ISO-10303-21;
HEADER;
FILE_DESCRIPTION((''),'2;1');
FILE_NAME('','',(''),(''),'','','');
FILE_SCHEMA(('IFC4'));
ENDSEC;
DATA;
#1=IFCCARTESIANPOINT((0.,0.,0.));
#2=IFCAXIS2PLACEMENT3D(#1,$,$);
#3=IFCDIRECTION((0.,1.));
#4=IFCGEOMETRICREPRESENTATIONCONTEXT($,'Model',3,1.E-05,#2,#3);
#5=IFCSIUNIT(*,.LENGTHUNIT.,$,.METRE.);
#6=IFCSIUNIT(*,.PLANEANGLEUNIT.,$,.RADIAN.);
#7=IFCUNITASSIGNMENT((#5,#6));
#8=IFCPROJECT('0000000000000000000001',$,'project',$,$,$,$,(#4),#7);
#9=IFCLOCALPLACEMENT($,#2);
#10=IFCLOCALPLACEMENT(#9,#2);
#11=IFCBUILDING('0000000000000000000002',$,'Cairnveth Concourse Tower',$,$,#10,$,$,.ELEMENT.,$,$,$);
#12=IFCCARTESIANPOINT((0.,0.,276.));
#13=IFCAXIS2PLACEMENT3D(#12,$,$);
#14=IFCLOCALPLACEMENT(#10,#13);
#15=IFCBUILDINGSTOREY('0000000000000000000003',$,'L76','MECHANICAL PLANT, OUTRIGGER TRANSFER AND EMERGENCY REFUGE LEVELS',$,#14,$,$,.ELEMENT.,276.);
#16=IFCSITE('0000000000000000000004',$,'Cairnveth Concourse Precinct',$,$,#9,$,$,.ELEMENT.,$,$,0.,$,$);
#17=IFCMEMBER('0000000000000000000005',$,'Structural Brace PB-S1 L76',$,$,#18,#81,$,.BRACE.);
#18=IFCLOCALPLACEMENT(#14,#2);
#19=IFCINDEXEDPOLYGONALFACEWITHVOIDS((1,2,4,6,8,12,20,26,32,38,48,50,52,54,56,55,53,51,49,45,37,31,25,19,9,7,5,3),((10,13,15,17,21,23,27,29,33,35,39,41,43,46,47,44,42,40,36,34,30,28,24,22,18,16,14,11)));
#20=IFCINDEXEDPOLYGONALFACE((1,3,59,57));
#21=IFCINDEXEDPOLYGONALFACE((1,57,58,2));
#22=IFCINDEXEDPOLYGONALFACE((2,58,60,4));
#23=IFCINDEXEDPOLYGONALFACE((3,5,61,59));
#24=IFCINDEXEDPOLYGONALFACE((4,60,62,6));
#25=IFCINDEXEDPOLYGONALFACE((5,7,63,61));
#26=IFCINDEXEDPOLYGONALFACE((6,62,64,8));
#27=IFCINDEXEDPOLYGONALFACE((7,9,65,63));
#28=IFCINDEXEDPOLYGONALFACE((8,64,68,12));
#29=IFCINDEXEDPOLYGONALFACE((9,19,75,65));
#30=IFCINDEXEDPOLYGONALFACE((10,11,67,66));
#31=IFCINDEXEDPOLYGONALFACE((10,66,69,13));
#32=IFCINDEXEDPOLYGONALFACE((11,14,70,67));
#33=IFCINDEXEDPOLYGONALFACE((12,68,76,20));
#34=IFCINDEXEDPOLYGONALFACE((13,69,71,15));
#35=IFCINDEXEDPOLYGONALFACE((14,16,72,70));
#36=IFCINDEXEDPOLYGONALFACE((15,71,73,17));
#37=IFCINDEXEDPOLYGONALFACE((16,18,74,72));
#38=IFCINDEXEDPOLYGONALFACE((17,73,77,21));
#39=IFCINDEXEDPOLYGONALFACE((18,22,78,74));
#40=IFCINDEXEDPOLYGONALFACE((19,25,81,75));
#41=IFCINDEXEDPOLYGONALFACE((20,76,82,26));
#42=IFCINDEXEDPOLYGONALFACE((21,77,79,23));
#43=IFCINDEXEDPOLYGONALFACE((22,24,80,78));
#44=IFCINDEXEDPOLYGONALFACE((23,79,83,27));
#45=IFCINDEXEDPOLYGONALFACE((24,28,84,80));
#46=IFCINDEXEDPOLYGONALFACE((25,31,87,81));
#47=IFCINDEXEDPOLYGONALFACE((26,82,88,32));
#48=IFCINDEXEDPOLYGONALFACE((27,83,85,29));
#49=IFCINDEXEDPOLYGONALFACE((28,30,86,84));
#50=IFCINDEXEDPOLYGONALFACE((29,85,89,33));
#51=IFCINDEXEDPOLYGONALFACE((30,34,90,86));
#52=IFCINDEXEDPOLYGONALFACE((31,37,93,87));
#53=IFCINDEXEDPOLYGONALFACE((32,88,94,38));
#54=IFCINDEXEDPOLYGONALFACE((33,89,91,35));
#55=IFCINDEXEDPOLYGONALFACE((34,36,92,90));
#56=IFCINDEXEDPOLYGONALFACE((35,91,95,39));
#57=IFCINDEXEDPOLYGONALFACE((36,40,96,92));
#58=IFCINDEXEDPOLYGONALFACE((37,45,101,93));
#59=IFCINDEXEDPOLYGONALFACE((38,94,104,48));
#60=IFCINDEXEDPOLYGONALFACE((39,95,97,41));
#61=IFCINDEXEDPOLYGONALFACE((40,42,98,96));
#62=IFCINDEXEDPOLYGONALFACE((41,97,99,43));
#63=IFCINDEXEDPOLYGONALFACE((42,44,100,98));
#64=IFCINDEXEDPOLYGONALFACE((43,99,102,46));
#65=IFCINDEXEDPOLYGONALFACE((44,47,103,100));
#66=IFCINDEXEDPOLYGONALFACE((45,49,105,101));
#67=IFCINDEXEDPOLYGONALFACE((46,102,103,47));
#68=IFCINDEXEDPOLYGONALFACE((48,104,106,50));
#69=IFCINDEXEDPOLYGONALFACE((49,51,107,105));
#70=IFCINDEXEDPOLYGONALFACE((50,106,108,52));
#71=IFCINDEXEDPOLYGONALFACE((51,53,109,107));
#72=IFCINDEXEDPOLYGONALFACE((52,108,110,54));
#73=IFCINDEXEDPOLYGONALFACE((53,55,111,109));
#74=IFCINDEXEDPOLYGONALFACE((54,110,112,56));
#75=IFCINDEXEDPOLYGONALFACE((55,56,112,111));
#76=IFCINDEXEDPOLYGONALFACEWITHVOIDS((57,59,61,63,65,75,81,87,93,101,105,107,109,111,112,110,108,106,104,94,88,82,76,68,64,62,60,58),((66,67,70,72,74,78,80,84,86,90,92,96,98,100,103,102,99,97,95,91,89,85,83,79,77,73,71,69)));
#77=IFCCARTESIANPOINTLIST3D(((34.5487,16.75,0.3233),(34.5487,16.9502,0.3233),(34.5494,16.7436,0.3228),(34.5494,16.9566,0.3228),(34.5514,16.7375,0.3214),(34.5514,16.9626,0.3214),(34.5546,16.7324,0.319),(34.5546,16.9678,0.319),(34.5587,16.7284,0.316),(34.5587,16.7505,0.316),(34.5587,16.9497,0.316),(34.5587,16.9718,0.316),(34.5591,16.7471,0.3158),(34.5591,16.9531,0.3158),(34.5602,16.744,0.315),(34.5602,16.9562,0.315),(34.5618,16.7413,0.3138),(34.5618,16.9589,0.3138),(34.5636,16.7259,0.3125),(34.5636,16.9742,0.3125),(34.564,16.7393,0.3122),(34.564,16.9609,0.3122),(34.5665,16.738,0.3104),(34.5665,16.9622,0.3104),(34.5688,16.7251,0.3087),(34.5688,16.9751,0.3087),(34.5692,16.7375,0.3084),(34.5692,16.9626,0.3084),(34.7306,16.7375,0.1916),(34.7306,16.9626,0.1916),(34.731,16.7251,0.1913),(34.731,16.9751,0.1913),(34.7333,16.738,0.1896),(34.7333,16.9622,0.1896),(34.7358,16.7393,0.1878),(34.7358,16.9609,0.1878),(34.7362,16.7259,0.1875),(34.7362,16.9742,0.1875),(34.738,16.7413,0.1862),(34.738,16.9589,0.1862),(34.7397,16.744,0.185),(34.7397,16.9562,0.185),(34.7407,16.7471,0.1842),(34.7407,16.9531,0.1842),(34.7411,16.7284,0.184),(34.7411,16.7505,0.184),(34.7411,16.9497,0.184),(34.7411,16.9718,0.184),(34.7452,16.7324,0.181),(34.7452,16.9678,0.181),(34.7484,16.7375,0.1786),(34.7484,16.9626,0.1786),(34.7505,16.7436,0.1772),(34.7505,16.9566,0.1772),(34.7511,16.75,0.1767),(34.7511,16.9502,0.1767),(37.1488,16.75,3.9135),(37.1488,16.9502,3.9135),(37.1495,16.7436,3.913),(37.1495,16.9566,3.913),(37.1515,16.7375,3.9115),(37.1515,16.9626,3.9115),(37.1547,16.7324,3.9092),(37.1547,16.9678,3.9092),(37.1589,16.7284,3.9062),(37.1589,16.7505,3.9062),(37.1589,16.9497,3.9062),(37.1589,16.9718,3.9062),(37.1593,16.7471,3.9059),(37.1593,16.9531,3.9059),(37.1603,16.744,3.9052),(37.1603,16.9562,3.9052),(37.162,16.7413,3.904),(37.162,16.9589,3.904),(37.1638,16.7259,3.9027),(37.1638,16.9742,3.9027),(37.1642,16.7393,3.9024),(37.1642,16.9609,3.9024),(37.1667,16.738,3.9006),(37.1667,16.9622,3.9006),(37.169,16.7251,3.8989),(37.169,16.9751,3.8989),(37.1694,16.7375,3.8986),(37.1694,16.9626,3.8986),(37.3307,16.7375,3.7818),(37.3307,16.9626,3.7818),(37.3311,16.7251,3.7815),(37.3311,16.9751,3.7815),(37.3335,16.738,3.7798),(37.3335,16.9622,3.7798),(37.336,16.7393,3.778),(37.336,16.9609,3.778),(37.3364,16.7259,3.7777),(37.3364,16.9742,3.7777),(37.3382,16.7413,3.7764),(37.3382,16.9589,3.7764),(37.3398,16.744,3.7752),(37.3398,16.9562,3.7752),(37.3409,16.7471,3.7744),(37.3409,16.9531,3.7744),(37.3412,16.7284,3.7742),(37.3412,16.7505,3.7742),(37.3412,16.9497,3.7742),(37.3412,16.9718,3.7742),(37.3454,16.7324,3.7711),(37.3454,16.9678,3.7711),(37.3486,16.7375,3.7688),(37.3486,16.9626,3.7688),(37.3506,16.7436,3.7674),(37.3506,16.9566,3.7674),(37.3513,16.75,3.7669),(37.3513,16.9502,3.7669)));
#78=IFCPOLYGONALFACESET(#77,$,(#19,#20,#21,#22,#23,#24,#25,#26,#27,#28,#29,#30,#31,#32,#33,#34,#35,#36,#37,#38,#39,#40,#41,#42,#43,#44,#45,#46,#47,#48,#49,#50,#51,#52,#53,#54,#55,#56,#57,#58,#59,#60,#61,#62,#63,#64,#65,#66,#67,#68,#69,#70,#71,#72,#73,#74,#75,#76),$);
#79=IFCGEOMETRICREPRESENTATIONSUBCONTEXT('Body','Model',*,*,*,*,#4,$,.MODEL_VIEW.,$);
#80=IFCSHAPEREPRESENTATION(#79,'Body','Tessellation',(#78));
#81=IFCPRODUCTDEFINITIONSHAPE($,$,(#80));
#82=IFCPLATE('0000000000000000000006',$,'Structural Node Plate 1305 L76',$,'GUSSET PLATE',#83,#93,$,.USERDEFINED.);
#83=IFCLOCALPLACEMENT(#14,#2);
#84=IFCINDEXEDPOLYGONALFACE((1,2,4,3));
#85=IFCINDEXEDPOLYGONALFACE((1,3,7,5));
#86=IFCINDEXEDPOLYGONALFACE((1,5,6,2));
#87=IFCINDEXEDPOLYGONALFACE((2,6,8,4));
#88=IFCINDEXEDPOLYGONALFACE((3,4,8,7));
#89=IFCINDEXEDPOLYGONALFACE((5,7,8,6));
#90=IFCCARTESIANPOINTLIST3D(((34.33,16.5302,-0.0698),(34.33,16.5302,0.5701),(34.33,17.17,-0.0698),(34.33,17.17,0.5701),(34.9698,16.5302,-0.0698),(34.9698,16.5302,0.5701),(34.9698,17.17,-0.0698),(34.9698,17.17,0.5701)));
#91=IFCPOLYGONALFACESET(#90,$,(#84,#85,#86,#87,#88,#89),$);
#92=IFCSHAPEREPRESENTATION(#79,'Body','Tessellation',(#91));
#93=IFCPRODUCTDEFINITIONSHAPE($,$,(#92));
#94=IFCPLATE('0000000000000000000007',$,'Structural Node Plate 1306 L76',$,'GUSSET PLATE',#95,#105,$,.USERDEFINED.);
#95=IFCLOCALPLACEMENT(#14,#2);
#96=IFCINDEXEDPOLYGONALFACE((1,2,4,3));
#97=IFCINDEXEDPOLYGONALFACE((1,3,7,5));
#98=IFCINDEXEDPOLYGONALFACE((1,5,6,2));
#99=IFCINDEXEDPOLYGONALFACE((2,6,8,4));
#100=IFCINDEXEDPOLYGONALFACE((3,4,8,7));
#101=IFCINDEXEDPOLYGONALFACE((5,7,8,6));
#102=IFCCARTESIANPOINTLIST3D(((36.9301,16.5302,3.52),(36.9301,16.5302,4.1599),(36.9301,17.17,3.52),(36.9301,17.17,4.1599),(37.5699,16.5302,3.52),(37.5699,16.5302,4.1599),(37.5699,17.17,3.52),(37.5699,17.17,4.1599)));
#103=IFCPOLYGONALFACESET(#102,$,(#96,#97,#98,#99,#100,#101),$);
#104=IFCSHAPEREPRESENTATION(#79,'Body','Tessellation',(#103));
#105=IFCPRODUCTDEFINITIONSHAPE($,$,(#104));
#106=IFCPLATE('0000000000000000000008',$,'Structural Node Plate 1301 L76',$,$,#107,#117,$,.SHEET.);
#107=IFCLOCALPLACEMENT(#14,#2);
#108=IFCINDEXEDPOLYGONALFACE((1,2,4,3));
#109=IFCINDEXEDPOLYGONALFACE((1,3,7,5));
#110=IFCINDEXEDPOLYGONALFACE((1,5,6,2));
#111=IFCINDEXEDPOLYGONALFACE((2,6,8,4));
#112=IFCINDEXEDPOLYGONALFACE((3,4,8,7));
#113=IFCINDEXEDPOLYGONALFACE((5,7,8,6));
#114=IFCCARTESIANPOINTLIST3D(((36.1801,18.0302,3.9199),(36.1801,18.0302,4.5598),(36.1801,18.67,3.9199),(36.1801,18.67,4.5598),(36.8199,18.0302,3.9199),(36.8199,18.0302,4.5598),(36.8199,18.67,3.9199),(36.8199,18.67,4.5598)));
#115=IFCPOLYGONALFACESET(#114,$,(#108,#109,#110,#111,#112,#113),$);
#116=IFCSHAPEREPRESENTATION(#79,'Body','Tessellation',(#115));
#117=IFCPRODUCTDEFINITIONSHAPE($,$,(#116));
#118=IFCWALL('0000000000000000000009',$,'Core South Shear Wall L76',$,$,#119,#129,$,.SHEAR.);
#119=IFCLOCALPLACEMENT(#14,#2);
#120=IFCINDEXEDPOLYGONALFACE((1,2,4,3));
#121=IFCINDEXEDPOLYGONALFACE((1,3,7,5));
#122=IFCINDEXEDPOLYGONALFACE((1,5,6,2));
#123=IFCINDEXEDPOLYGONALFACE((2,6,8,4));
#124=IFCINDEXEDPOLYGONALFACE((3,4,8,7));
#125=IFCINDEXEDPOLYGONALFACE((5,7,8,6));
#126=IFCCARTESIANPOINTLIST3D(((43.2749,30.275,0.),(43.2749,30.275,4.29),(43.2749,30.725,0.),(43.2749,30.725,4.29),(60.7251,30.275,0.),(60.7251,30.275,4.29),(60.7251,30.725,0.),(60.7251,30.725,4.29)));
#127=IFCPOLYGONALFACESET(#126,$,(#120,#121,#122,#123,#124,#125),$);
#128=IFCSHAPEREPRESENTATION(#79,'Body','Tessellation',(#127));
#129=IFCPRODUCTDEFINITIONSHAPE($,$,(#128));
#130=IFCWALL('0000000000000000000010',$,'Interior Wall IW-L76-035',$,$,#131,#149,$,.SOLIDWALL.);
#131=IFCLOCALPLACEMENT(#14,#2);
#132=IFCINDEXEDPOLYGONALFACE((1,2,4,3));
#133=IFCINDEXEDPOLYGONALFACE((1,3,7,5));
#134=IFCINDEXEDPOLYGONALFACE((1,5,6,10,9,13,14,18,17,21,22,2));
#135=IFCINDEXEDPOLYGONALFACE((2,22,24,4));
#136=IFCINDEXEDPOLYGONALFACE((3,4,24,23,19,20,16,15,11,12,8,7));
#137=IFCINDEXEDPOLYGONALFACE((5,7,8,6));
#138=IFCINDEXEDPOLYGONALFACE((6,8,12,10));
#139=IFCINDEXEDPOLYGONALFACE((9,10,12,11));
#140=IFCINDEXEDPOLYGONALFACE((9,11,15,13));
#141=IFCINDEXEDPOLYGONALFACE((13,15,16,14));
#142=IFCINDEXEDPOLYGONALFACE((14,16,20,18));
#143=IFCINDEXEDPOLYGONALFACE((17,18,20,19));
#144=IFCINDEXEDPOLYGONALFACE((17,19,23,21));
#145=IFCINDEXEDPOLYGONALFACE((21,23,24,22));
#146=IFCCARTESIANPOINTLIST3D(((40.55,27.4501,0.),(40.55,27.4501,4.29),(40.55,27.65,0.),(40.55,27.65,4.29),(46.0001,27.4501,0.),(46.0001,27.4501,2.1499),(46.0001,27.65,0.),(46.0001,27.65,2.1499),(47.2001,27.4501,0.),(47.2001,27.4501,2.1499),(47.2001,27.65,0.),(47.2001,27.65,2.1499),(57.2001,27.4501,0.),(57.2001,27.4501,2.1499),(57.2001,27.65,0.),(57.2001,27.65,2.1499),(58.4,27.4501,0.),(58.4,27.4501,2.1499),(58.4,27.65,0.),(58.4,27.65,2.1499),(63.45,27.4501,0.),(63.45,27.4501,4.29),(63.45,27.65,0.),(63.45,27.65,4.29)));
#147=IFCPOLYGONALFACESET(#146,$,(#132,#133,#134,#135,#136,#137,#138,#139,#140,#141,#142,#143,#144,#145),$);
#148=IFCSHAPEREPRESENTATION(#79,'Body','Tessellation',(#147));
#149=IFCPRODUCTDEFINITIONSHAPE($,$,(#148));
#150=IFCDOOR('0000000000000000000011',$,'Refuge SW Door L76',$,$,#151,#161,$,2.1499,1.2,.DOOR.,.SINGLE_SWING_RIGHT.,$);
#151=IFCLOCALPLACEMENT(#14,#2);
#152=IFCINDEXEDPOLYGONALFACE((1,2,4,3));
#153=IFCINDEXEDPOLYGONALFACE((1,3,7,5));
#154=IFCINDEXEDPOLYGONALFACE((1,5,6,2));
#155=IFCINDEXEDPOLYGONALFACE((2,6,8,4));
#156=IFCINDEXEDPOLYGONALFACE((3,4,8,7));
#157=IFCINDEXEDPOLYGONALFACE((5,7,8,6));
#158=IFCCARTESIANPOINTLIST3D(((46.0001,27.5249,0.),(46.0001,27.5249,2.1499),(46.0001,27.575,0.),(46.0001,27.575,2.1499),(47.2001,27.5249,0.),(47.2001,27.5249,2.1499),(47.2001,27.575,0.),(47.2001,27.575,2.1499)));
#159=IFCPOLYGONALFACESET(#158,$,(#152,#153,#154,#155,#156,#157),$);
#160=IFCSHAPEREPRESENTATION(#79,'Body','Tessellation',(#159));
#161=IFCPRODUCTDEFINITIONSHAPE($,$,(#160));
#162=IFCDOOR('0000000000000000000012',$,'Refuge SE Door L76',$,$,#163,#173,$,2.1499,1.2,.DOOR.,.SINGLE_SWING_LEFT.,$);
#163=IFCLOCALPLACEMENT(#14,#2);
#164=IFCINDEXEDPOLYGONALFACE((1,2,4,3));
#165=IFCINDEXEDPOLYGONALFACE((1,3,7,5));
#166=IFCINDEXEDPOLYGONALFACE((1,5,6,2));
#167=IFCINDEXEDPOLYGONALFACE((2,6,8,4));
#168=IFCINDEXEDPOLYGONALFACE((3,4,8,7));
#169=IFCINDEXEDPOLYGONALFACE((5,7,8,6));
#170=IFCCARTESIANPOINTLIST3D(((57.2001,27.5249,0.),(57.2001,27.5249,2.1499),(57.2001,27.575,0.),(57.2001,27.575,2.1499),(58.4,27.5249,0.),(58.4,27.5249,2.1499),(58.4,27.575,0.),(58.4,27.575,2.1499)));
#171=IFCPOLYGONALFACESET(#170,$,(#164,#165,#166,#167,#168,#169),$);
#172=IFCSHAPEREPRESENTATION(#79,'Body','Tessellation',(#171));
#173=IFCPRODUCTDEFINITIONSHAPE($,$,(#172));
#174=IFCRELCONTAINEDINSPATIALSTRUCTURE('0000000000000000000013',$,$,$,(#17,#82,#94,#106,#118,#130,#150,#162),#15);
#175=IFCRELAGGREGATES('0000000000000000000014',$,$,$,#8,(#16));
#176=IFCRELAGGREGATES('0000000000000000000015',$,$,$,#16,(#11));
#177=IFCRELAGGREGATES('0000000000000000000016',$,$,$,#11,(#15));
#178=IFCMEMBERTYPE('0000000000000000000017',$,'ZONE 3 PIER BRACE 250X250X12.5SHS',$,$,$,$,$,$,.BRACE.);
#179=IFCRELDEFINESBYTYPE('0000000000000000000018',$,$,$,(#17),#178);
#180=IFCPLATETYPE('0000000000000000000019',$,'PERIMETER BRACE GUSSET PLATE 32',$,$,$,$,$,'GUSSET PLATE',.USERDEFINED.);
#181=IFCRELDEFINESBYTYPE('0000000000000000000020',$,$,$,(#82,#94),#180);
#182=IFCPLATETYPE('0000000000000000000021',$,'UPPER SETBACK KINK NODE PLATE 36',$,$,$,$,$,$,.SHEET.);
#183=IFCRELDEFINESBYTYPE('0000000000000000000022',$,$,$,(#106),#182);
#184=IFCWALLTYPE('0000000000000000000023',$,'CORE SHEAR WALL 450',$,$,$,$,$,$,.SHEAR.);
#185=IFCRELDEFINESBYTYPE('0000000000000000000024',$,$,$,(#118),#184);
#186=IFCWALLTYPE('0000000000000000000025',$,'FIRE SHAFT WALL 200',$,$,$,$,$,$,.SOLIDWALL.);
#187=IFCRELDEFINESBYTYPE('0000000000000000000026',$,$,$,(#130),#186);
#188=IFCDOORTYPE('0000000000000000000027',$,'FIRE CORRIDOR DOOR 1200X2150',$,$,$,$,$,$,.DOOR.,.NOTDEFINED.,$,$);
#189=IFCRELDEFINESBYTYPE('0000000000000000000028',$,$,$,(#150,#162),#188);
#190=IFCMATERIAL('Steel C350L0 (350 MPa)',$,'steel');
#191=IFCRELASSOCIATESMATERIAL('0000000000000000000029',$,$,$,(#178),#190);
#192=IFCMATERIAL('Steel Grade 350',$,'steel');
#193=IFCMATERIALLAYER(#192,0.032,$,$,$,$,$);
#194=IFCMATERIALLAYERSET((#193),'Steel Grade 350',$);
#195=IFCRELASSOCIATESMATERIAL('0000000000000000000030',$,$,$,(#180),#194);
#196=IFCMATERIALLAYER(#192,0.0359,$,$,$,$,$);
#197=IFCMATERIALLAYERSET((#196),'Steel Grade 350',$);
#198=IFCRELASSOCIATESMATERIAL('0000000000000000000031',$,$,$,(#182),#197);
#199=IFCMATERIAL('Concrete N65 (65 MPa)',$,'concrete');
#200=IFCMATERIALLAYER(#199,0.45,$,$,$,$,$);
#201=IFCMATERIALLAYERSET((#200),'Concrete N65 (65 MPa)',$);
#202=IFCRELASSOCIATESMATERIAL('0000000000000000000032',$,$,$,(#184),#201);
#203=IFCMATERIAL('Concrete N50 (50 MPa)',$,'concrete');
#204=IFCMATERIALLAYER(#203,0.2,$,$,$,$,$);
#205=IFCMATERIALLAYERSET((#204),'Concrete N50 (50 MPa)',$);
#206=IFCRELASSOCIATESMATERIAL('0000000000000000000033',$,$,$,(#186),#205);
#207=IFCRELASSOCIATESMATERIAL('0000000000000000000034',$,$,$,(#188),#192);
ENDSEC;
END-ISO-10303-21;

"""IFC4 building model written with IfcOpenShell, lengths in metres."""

from ifc_helpers import new_model, si_unit, direction, frame, frame_2d, origin, origin_2d, place, context, subcontext, project, spatial, rectangle, hollow_rectangle, extrude, material, layer, layer_set, material_profile, profile_set, type_object, element, fill, save


model = new_model("IFC4")

# Units and contexts
model_context = context("Model", 3, precision=1e-05, world=origin(), true_north=direction((0.0, 1.0)))
body_context = subcontext(model_context, "Body", "Model", "MODEL_VIEW")
ifc_project = project(units=[si_unit("LENGTHUNIT", "METRE"), si_unit("PLANEANGLEUNIT", "RADIAN")], contexts=[model_context])

# Site, building, storey
site_placement = place(None, origin())
site = spatial("IfcSite", under=ifc_project, at=site_placement, Name="Cairnveth Concourse Precinct", CompositionType="ELEMENT", RefElevation=0.0)
building_placement = place(site_placement, origin())
building = spatial("IfcBuilding", under=site, at=building_placement, Name="Cairnveth Concourse Tower", CompositionType="ELEMENT")
storey_placement = place(building_placement, frame((0.0, 0.0, 276.0)))
storey = spatial("IfcBuildingStorey", under=building, at=storey_placement, Name="L76", Description="MECHANICAL PLANT, OUTRIGGER TRANSFER AND EMERGENCY REFUGE LEVELS", CompositionType="ELEMENT", Elevation=276.0)

# Shared definitions
ifc_material_1 = material(Name="Concrete N65 (65 MPa)", Category="concrete")
ifc_material_2 = material(Name="Steel Grade 350", Category="steel")

# Member
ifc_material_3 = material(Name="Steel C350L0 (350 MPa)", Category="steel")
ifc_material_profile_1 = material_profile(ifc_material_3, hollow_rectangle(XDim=0.25, YDim=0.25, WallThickness=0.0125, InnerFilletRadius=0.0129, OuterFilletRadius=0.0249, at=origin_2d()), Name="250x250x12.5SHS")
ifc_profile_set_1 = profile_set([ifc_material_profile_1], Name="Steel C350L0 (350 MPa)")
member_type = type_object("IfcMemberType", Name="ZONE 3 PIER BRACE 250X250X12.5SHS", PredefinedType="BRACE", material=ifc_profile_set_1)
member_placement = place(storey_placement, frame((34.6499, 16.8501, 0.25), z_axis=(0.586566, 0.0, 0.809902), x_axis=(0.0, 1.0, 0.0)))
element("IfcMember", 1, at=member_placement, inside=storey, type_object=member_type, Name="Structural Brace PB-S1 L76", PredefinedType="BRACE", context=body_context, shape_type="SweptSolid", body=[
    extrude(hollow_rectangle(XDim=0.25, YDim=0.25, WallThickness=0.0125, InnerFilletRadius=0.0129, OuterFilletRadius=0.0249, at=origin_2d()), origin(), (0.0, 0.0, 1.0), 4.4329),
])

# Plates
ifc_layer_1 = layer(ifc_material_2, 0.032)
ifc_layer_set_1 = layer_set([ifc_layer_1], Name="Steel Grade 350")
plate_type_1 = type_object("IfcPlateType", Name="PERIMETER BRACE GUSSET PLATE 32", ElementType="GUSSET PLATE", PredefinedType="USERDEFINED", material=ifc_layer_set_1)
for number, where, z_axis, x_axis, name in (
    (2, (34.6499, 16.8501, -0.0698), (0.0, 0.0, 1.0), (1.0, 0.0, 0.0), "Structural Node Plate 1305 L76"),
    (3, (37.25, 16.8501, 3.52), (0.0, 0.0, 1.0), (1.0, 0.0, 0.0), "Structural Node Plate 1306 L76"),
):
    element("IfcPlate", number, at=place(storey_placement, frame(where, z_axis=z_axis, x_axis=x_axis)), inside=storey, type_object=plate_type_1, Name=name, ObjectType="GUSSET PLATE", PredefinedType="USERDEFINED", context=body_context, shape_type="SweptSolid", body=[
        extrude(rectangle(XDim=0.6399, YDim=0.6399, at=origin_2d()), origin(), (0.0, 0.0, 1.0), 0.6399),
    ])
ifc_layer_2 = layer(ifc_material_2, 0.0359)
ifc_layer_set_2 = layer_set([ifc_layer_2], Name="Steel Grade 350")
plate_type_2 = type_object("IfcPlateType", Name="UPPER SETBACK KINK NODE PLATE 36", PredefinedType="SHEET", material=ifc_layer_set_2)
plate_placement = place(storey_placement, frame((36.5, 18.3501, 3.9199), z_axis=(0.0, 0.0, 1.0), x_axis=(1.0, 0.0, 0.0)))
element("IfcPlate", 4, at=plate_placement, inside=storey, type_object=plate_type_2, Name="Structural Node Plate 1301 L76", PredefinedType="SHEET", context=body_context, shape_type="SweptSolid", body=[
    extrude(rectangle(XDim=0.6399, YDim=0.6399, at=origin_2d()), origin(), (0.0, 0.0, 1.0), 0.6399),
])

# Wall
ifc_layer_3 = layer(ifc_material_1, 0.45)
ifc_layer_set_3 = layer_set([ifc_layer_3], Name="Concrete N65 (65 MPa)")
wall_type_1 = type_object("IfcWallType", Name="CORE SHEAR WALL 450", PredefinedType="SHEAR", material=ifc_layer_set_3)
wall_1_placement = place(storey_placement, frame((43.2749, 30.5, 0.0), z_axis=(0.0, 0.0, 1.0), x_axis=(1.0, 0.0, 0.0)))
element("IfcWall", 5, at=wall_1_placement, inside=storey, type_object=wall_type_1, Name="Core South Shear Wall L76", PredefinedType="SHEAR", context=body_context, shape_type="SweptSolid", body=[
    extrude(rectangle(XDim=17.4502, YDim=0.45, at=frame_2d((8.7251, 0.0))), origin(), (0.0, 0.0, 1.0), 4.29),
])

# Wall, openings, doors
ifc_material_4 = material(Name="Concrete N50 (50 MPa)", Category="concrete")
ifc_layer_4 = layer(ifc_material_4, 0.2)
ifc_layer_set_4 = layer_set([ifc_layer_4], Name="Concrete N50 (50 MPa)")
wall_type_2 = type_object("IfcWallType", Name="FIRE SHAFT WALL 200", PredefinedType="SOLIDWALL", material=ifc_layer_set_4)
wall_2_placement = place(storey_placement, frame((40.55, 27.55, 0.0), z_axis=(0.0, 0.0, 1.0), x_axis=(1.0, 0.0, 0.0)))
wall_2 = element("IfcWall", 6, at=wall_2_placement, inside=storey, type_object=wall_type_2, Name="Interior Wall IW-L76-035", PredefinedType="SOLIDWALL", context=body_context, shape_type="SweptSolid", body=[
    extrude(rectangle(XDim=22.8999, YDim=0.2, at=frame_2d((11.45, 0.0))), origin(), (0.0, 0.0, 1.0), 4.29),
])
opening_1_placement = place(wall_2_placement, frame((5.45, 0.0, 0.0)))
opening_1 = element("IfcOpeningElement", 7, at=opening_1_placement, cuts=wall_2, PredefinedType="OPENING", context=body_context, shape_type="SweptSolid", body=[
    extrude(rectangle(XDim=1.2, YDim=2.1499, at=frame_2d((0.6001, 1.075))), frame((0.0, 0.1099, 0.0), z_axis=(0.0, -1.0, 0.0), x_axis=(1.0, 0.0, 0.0)), (0.0, 0.0, 1.0), 0.22),
])
opening_2_placement = place(wall_2_placement, frame((16.6499, 0.0, 0.0)))
opening_2 = element("IfcOpeningElement", 8, at=opening_2_placement, cuts=wall_2, PredefinedType="OPENING", context=body_context, shape_type="SweptSolid", body=[
    extrude(rectangle(XDim=1.2, YDim=2.1499, at=frame_2d((0.6001, 1.075))), frame((0.0, 0.1099, 0.0), z_axis=(0.0, -1.0, 0.0), x_axis=(1.0, 0.0, 0.0)), (0.0, 0.0, 1.0), 0.22),
])
door_type_1 = type_object("IfcDoorType", Name="FIRE CORRIDOR DOOR 1200X2150", OperationType="NOTDEFINED", PredefinedType="DOOR", material=ifc_material_2)
door_1_placement = place(opening_1_placement, origin())
door_1 = element("IfcDoor", 9, at=door_1_placement, inside=storey, type_object=door_type_1, Name="Refuge SW Door L76", OperationType="SINGLE_SWING_RIGHT", OverallHeight=2.1499, OverallWidth=1.2, PredefinedType="DOOR", context=body_context, shape_type="SweptSolid", body=[
    extrude(rectangle(XDim=1.2, YDim=2.1499, at=frame_2d((0.6001, 1.075))), frame((0.0, 0.0249, 0.0), z_axis=(0.0, -1.0, 0.0), x_axis=(1.0, 0.0, 0.0)), (0.0, 0.0, 1.0), 0.05),
])
fill(opening_1, door_1)
door_2_placement = place(opening_2_placement, origin())
door_2 = element("IfcDoor", 10, at=door_2_placement, inside=storey, type_object=door_type_1, Name="Refuge SE Door L76", OperationType="SINGLE_SWING_LEFT", OverallHeight=2.1499, OverallWidth=1.2, PredefinedType="DOOR", context=body_context, shape_type="SweptSolid", body=[
    extrude(rectangle(XDim=1.2, YDim=2.1499, at=frame_2d((0.6001, 1.075))), frame((0.0, 0.0249, 0.0), z_axis=(0.0, -1.0, 0.0), x_axis=(1.0, 0.0, 0.0)), (0.0, 0.0, 1.0), 0.05),
])
fill(opening_2, door_2)

save(model, "model.ifc")
